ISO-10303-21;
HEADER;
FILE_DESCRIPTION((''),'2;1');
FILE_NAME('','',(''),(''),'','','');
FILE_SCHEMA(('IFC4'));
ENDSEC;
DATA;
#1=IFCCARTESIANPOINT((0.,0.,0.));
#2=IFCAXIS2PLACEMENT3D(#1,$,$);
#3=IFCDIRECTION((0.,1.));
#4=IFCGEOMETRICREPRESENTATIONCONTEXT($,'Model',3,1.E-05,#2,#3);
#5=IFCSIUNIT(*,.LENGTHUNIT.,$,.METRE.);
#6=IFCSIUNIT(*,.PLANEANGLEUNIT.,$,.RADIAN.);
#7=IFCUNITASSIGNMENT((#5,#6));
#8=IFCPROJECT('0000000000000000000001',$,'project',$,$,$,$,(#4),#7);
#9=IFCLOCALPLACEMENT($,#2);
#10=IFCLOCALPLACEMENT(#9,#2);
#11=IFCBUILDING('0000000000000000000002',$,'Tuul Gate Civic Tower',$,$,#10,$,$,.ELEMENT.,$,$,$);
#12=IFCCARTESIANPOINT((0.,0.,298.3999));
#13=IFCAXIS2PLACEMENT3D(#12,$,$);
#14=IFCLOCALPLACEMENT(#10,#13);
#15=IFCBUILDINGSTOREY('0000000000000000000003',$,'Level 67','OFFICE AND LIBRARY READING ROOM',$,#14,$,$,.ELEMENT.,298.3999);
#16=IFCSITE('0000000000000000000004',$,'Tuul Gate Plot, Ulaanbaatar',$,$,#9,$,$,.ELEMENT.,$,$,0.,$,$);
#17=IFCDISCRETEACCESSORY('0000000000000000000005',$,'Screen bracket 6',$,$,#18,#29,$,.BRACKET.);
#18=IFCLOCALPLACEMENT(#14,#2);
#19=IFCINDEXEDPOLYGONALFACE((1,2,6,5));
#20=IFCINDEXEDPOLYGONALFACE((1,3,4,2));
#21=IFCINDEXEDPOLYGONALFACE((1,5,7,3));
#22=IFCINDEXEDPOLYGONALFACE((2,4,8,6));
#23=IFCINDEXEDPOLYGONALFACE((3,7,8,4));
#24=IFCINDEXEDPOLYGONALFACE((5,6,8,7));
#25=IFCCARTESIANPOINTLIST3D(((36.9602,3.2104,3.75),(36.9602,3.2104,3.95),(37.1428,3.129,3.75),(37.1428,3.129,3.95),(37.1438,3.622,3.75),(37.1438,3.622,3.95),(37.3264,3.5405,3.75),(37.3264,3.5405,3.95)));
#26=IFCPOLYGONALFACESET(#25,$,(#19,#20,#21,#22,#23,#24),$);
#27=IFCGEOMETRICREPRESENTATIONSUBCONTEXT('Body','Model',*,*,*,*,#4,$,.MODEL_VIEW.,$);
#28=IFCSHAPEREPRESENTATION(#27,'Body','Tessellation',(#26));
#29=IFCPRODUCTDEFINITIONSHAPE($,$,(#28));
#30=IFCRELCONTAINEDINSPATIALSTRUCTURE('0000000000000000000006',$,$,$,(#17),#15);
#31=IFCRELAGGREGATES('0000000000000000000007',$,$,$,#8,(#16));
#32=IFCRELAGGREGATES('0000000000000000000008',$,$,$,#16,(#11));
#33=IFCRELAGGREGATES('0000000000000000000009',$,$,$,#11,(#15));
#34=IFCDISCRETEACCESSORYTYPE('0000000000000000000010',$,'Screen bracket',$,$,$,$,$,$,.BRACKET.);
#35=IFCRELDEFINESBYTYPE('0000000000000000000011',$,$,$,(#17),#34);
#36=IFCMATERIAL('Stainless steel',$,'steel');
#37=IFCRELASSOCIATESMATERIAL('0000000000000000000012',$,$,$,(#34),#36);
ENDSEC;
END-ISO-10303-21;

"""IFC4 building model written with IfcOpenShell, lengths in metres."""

from ifc_helpers import new_model, si_unit, direction, frame, origin, origin_2d, place, context, subcontext, project, spatial, rectangle, extrude, material, type_object, element, save


model = new_model("IFC4")

# Units and contexts
model_context = context("Model", 3, precision=1e-05, world=origin(), true_north=direction((0.0, 1.0)))
body_context = subcontext(model_context, "Body", "Model", "MODEL_VIEW")
ifc_project = project(units=[si_unit("LENGTHUNIT", "METRE"), si_unit("PLANEANGLEUNIT", "RADIAN")], contexts=[model_context])

# Site, building, storey
site_placement = place(None, origin())
site = spatial("IfcSite", under=ifc_project, at=site_placement, Name="Tuul Gate Plot, Ulaanbaatar", CompositionType="ELEMENT", RefElevation=0.0)
building_placement = place(site_placement, origin())
building = spatial("IfcBuilding", under=site, at=building_placement, Name="Tuul Gate Civic Tower", CompositionType="ELEMENT")
storey_placement = place(building_placement, frame((0.0, 0.0, 298.3999)))
storey = spatial("IfcBuildingStorey", under=building, at=storey_placement, Name="Level 67", Description="OFFICE AND LIBRARY READING ROOM", CompositionType="ELEMENT", Elevation=298.3999)

# Discrete accessory
ifc_material_1 = material(Name="Stainless steel", Category="steel")
discrete_accessory_type = type_object("IfcDiscreteAccessoryType", Name="Screen bracket", PredefinedType="BRACKET", material=ifc_material_1)
discrete_accessory_placement = place(storey_placement, frame((37.1433, 3.3755, 3.75), z_axis=(0.0, 0.0, 1.0), x_axis=(0.407421, 0.913241, 0.0)))
element("IfcDiscreteAccessory", 1, at=discrete_accessory_placement, inside=storey, type_object=discrete_accessory_type, Name="Screen bracket 6", PredefinedType="BRACKET", context=body_context, shape_type="SweptSolid", body=[
    extrude(rectangle(XDim=0.4507, YDim=0.2, at=origin_2d()), origin(), (0.0, 0.0, 1.0), 0.2),
])

save(model, "model.ifc")
